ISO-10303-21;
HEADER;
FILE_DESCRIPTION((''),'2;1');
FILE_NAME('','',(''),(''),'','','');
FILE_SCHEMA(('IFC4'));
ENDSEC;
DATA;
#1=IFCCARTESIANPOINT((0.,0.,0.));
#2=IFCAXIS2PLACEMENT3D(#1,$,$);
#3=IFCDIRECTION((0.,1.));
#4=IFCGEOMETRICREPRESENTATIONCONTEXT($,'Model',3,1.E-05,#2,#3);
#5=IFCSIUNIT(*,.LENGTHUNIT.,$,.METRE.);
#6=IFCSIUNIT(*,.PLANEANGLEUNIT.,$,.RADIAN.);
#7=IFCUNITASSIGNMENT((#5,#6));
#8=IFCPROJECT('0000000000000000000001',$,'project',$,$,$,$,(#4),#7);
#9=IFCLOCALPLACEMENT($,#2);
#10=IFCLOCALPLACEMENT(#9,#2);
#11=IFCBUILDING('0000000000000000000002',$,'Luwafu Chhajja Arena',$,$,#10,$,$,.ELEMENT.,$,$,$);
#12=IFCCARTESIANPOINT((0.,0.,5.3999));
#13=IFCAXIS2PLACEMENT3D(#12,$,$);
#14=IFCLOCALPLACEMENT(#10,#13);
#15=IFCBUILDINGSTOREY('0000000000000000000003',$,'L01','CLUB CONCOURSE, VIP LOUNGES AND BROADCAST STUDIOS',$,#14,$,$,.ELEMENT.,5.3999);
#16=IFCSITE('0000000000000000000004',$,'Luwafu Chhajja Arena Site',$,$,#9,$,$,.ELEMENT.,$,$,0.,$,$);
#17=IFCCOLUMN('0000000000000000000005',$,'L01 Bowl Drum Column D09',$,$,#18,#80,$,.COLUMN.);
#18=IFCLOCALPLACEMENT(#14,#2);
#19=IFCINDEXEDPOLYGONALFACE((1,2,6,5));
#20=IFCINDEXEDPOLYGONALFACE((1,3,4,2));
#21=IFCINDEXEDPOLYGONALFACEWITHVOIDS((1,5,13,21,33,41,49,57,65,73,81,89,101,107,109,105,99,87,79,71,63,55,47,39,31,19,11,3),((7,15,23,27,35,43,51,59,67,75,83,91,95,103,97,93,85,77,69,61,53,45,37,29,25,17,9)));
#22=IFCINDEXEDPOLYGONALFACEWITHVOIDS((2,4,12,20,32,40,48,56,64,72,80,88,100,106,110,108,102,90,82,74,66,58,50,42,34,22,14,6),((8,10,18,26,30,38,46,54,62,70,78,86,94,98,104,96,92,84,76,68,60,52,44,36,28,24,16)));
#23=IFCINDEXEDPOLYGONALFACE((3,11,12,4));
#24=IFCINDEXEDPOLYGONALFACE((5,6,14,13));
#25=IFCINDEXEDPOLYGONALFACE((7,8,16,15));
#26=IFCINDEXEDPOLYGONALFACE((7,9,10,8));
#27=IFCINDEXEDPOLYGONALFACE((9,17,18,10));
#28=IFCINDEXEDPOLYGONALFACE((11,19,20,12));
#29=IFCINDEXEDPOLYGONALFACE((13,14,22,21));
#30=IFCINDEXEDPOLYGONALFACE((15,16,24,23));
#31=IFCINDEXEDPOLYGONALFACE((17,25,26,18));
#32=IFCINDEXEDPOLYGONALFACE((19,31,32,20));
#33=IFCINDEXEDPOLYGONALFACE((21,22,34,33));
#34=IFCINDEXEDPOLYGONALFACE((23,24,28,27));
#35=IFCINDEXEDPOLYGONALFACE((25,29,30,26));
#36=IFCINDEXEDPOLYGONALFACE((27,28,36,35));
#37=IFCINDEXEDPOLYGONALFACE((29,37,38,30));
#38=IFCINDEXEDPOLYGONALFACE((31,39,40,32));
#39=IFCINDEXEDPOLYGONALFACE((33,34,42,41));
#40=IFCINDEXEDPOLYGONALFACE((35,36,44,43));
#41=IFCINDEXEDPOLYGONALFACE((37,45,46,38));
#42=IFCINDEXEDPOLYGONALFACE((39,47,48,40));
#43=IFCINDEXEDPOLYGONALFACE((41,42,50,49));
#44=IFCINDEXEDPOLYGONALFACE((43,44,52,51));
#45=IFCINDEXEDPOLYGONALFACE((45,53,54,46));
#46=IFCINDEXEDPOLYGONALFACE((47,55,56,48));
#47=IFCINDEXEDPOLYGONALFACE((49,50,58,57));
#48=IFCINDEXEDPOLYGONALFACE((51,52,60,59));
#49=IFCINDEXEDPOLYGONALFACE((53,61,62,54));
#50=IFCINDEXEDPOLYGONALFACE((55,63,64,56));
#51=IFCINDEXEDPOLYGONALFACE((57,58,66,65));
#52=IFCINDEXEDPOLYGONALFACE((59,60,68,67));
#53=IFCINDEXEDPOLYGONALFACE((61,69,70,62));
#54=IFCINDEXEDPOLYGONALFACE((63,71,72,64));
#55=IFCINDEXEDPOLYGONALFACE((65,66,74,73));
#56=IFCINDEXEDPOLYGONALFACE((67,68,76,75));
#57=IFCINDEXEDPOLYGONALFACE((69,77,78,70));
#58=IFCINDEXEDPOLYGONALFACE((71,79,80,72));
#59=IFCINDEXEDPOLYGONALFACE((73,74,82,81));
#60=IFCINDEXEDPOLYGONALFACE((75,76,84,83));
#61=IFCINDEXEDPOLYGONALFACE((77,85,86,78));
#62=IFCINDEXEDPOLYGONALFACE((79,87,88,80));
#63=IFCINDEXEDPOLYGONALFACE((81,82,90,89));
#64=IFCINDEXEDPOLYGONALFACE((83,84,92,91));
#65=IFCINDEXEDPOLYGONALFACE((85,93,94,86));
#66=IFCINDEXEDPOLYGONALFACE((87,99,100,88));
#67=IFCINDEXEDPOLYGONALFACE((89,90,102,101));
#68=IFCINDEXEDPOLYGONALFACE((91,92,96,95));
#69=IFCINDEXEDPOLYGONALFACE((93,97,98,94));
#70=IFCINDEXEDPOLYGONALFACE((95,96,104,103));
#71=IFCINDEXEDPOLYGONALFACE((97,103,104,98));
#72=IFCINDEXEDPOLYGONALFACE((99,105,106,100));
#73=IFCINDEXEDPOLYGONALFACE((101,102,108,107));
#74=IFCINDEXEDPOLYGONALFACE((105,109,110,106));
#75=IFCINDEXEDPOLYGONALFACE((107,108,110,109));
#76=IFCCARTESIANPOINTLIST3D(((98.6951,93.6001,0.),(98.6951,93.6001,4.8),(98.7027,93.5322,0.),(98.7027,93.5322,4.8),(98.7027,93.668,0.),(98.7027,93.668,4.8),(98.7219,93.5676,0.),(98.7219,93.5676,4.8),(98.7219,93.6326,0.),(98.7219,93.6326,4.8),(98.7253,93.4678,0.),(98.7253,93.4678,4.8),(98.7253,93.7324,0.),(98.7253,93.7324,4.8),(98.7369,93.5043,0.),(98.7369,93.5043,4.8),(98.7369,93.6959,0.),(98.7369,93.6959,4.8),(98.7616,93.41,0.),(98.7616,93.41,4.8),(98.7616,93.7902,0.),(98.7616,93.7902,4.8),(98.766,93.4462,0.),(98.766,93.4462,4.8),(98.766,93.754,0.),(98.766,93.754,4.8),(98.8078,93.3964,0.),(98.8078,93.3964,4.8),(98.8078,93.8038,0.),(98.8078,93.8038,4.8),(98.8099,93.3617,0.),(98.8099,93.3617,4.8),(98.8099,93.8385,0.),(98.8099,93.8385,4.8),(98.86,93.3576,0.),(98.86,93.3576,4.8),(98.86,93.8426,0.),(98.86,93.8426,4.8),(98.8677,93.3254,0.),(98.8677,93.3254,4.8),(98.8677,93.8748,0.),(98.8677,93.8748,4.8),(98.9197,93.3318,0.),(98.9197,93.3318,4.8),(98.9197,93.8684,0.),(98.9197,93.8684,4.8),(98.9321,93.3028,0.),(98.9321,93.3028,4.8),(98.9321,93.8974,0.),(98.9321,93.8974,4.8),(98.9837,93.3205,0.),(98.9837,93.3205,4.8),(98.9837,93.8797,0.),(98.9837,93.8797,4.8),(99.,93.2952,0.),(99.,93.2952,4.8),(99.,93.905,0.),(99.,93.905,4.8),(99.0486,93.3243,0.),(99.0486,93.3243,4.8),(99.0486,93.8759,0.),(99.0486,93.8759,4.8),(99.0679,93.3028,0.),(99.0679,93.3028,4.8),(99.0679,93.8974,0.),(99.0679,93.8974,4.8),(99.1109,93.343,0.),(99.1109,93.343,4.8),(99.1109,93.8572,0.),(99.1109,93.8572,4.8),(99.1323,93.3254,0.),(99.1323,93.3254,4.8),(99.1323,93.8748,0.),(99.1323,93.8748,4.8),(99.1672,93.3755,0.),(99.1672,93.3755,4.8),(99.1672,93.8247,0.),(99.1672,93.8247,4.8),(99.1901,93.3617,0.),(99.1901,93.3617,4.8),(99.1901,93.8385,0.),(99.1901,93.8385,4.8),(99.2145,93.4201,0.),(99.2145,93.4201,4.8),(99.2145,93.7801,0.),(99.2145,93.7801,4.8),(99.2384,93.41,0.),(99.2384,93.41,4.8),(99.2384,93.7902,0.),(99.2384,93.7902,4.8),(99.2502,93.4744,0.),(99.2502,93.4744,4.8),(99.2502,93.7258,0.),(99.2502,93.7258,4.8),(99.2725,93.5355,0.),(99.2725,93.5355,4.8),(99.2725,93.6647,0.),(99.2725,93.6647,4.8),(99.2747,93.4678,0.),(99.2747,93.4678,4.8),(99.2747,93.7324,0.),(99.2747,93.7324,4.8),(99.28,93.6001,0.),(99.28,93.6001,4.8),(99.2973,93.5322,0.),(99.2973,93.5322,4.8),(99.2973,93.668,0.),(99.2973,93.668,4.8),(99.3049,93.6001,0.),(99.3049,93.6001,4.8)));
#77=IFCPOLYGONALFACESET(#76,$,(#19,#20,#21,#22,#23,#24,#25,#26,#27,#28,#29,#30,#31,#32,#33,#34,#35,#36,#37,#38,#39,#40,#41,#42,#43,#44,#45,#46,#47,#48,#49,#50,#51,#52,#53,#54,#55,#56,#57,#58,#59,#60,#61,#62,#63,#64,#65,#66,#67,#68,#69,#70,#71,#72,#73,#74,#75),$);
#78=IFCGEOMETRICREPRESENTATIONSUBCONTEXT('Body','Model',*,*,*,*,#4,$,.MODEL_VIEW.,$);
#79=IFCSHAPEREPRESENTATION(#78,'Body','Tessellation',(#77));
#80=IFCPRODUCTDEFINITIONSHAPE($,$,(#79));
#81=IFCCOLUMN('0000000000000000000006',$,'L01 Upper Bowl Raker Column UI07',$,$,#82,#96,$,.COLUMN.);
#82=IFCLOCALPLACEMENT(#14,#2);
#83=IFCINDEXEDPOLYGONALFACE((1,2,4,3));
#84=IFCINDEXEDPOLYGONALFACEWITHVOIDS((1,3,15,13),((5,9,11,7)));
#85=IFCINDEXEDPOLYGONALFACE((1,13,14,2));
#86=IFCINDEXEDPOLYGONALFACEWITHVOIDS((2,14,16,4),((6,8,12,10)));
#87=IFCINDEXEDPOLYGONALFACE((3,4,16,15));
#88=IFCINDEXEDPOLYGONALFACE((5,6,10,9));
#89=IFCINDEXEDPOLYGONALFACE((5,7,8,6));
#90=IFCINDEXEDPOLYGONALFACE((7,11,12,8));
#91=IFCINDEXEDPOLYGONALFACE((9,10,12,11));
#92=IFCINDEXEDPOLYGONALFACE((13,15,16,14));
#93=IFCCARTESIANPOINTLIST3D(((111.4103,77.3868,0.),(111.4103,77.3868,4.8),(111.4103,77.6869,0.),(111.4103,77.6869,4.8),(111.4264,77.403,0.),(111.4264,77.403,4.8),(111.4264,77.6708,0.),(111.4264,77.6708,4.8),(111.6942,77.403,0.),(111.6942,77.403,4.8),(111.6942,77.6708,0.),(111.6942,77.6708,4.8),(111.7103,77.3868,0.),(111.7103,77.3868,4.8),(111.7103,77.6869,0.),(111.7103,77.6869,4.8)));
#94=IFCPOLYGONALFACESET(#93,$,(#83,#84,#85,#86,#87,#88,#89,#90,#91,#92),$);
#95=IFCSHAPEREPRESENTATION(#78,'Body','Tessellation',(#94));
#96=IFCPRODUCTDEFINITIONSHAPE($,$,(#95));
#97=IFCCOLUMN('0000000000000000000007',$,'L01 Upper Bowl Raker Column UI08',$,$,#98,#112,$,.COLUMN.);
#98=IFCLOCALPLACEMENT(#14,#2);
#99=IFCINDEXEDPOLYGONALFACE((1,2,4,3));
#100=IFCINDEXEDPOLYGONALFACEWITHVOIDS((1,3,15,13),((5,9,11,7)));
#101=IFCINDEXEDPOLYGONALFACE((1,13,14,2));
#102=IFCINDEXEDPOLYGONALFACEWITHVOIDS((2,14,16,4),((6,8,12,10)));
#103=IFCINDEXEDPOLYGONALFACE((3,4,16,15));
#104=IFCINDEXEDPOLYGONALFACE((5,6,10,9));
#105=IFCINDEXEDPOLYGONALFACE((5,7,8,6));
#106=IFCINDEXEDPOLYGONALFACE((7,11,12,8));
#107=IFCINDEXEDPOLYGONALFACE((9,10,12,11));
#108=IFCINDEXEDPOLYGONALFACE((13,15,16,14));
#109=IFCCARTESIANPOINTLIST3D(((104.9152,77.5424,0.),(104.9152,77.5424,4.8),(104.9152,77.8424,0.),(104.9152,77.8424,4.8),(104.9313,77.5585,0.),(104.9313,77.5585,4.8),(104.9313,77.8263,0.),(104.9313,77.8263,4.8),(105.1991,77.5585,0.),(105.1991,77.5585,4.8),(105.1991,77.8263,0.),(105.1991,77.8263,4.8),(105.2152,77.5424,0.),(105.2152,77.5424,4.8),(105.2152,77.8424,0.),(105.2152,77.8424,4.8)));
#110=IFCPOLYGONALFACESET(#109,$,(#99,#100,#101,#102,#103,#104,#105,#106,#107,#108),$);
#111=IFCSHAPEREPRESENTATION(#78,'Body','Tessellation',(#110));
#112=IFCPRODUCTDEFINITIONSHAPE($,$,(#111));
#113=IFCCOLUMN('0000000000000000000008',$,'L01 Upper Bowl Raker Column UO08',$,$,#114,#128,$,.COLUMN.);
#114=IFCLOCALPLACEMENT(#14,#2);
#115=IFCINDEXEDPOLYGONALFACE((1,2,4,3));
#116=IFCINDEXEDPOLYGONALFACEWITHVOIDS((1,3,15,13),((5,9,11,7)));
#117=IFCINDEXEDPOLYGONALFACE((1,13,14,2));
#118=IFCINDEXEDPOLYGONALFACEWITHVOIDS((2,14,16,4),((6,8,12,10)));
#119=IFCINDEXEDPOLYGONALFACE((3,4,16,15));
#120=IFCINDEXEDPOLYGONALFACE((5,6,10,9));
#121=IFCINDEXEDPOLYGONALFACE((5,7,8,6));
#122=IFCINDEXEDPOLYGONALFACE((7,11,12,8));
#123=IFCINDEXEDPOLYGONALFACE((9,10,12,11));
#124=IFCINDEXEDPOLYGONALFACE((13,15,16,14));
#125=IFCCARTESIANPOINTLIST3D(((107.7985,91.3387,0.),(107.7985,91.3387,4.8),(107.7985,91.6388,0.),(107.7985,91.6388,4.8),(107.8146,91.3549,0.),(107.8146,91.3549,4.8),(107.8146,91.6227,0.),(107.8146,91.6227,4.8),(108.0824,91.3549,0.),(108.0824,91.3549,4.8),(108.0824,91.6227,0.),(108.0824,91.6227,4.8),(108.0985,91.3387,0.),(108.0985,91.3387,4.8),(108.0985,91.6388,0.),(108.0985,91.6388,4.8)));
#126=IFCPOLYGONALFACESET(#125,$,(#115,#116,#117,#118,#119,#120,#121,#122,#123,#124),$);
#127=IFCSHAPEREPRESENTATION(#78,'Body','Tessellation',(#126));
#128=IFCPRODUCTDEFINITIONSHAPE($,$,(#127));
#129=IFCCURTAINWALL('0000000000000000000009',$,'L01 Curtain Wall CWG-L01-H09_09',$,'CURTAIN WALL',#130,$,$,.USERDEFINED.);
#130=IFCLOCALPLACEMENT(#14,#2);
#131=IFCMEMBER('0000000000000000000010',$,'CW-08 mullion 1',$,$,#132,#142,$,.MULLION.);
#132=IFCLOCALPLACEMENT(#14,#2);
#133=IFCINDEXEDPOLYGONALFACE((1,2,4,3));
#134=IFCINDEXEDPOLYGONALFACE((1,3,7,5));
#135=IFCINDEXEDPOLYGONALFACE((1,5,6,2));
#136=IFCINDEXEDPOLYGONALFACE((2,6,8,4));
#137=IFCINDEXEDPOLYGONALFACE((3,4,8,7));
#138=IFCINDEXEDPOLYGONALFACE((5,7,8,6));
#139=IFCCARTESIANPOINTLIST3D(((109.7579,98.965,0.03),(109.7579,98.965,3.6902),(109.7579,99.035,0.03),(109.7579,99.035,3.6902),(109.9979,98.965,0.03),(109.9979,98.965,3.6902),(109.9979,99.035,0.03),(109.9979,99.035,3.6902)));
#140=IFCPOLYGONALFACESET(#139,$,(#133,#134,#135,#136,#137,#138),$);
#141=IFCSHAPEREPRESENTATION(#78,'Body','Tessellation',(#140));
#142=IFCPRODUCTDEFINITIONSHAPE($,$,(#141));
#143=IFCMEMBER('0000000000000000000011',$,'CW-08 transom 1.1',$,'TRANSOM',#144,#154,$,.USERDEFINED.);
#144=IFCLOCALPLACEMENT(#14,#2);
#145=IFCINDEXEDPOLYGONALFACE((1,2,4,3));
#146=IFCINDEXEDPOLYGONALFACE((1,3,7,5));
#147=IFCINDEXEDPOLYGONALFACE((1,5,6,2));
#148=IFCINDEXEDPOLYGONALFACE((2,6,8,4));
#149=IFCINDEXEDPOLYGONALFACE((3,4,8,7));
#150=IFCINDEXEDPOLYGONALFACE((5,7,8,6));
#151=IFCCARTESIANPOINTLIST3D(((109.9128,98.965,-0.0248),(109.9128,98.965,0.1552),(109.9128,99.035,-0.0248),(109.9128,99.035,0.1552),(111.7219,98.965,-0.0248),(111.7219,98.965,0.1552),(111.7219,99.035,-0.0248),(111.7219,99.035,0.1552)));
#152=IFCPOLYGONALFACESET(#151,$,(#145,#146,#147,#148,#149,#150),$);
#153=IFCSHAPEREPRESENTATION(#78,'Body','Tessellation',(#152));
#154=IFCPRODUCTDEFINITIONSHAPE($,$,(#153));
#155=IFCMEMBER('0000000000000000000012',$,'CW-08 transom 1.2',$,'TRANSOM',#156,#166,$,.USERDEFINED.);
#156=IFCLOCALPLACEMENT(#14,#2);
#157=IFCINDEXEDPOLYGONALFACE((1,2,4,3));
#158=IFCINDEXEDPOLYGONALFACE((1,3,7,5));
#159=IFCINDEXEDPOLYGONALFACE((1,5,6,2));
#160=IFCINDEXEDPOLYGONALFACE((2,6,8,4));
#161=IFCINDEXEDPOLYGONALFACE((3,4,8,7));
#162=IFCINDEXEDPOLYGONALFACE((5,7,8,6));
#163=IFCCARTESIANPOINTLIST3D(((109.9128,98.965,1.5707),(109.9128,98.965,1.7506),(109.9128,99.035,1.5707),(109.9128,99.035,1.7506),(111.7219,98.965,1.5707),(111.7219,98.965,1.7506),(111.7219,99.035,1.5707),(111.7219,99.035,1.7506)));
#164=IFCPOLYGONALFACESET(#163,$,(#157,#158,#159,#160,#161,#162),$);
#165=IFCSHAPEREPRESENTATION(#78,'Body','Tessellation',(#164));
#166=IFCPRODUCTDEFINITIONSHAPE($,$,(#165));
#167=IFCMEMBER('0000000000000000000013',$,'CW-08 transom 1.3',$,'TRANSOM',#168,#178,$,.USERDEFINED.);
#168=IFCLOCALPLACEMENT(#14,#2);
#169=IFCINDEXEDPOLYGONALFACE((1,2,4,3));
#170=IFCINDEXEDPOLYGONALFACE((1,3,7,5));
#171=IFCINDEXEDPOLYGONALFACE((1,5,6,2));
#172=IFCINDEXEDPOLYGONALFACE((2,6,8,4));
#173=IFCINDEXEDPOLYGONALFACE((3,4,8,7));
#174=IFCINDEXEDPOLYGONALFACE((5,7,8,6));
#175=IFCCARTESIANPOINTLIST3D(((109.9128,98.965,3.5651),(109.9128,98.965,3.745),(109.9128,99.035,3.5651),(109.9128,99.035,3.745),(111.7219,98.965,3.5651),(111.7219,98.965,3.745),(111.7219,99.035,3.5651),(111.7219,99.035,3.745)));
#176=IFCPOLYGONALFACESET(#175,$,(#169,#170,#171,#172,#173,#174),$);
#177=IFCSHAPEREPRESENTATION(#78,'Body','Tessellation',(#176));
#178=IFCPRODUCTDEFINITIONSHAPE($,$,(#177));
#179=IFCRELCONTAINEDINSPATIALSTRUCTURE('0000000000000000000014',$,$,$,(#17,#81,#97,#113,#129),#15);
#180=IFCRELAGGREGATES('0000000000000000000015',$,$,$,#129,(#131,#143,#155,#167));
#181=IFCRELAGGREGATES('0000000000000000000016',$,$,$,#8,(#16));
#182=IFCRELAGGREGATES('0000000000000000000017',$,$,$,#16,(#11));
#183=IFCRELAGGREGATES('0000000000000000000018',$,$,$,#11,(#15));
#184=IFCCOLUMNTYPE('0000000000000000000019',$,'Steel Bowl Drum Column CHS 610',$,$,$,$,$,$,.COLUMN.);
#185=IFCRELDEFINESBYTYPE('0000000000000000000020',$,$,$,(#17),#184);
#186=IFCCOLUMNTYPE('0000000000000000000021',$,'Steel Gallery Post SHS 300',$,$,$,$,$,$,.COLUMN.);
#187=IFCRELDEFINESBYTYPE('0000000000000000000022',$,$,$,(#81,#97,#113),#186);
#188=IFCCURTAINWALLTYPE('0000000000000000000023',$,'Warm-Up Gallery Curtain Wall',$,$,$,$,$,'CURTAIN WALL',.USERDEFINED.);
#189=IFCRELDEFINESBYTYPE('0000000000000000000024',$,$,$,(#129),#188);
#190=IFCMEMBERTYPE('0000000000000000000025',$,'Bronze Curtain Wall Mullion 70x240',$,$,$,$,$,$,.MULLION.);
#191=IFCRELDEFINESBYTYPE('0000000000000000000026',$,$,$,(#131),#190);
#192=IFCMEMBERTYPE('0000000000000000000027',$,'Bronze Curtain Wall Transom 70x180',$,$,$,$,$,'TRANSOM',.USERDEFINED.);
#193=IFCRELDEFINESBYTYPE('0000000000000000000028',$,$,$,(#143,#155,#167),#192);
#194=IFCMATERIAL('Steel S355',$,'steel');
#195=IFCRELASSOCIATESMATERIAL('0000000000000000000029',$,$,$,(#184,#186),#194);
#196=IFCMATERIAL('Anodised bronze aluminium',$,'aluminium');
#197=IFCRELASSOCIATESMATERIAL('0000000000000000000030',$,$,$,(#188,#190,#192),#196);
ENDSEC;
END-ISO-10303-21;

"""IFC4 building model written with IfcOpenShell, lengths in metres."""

from ifc_helpers import new_model, si_unit, direction, frame, origin, origin_2d, place, context, subcontext, project, spatial, rectangle, hollow_rectangle, hollow_circle, extrude, material, material_profile, profile_set, type_object, element, aggregate, save


model = new_model("IFC4")

# Units and contexts
model_context = context("Model", 3, precision=1e-05, world=origin(), true_north=direction((0.0, 1.0)))
body_context = subcontext(model_context, "Body", "Model", "MODEL_VIEW")
ifc_project = project(units=[si_unit("LENGTHUNIT", "METRE"), si_unit("PLANEANGLEUNIT", "RADIAN")], contexts=[model_context])

# Site, building, storey
site_placement = place(None, origin())
site = spatial("IfcSite", under=ifc_project, at=site_placement, Name="Luwafu Chhajja Arena Site", CompositionType="ELEMENT", RefElevation=0.0)
building_placement = place(site_placement, origin())
building = spatial("IfcBuilding", under=site, at=building_placement, Name="Luwafu Chhajja Arena", CompositionType="ELEMENT")
storey_placement = place(building_placement, frame((0.0, 0.0, 5.3999)))
storey = spatial("IfcBuildingStorey", under=building, at=storey_placement, Name="L01", Description="CLUB CONCOURSE, VIP LOUNGES AND BROADCAST STUDIOS", CompositionType="ELEMENT", Elevation=5.3999)

# Columns
ifc_material_1 = material(Name="Steel S355", Category="steel")
ifc_material_profile_1 = material_profile(ifc_material_1, hollow_circle(Radius=0.3049, WallThickness=0.0249, at=origin_2d()), Name="CHS 610x25")
ifc_profile_set_1 = profile_set([ifc_material_profile_1], Name="Steel S355")
column_type_1 = type_object("IfcColumnType", Name="Steel Bowl Drum Column CHS 610", PredefinedType="COLUMN", material=ifc_profile_set_1)
for number, where, z_axis, x_axis, name in (
    (1, (99.0, 93.6001, 0.0), (0.0, 0.0, 1.0), (1.0, 0.0, 0.0), "L01 Bowl Drum Column D09"),
):
    element("IfcColumn", number, at=place(storey_placement, frame(where, z_axis=z_axis, x_axis=x_axis)), inside=storey, type_object=column_type_1, Name=name, PredefinedType="COLUMN", context=body_context, shape_type="SweptSolid", body=[
        extrude(hollow_circle(Radius=0.3049, WallThickness=0.0249, at=origin_2d()), origin(), (0.0, 0.0, 1.0), 4.8),
    ])
ifc_material_profile_2 = material_profile(ifc_material_1, hollow_rectangle(XDim=0.3, YDim=0.3, WallThickness=0.0161, at=origin_2d()), Name="SHS 300x300x16")
ifc_profile_set_2 = profile_set([ifc_material_profile_2], Name="Steel S355")
column_type_2 = type_object("IfcColumnType", Name="Steel Gallery Post SHS 300", PredefinedType="COLUMN", material=ifc_profile_set_2)
for number, where, z_axis, x_axis, name in (
    (2, (111.5603, 77.5369, 0.0), (0.0, 0.0, 1.0), (1.0, 0.0, 0.0), "L01 Upper Bowl Raker Column UI07"),
    (3, (105.0652, 77.6924, 0.0), (0.0, 0.0, 1.0), (1.0, 0.0, 0.0), "L01 Upper Bowl Raker Column UI08"),
    (4, (107.9485, 91.4888, 0.0), (0.0, 0.0, 1.0), (1.0, 0.0, 0.0), "L01 Upper Bowl Raker Column UO08"),
):
    element("IfcColumn", number, at=place(storey_placement, frame(where, z_axis=z_axis, x_axis=x_axis)), inside=storey, type_object=column_type_2, Name=name, PredefinedType="COLUMN", context=body_context, shape_type="SweptSolid", body=[
        extrude(hollow_rectangle(XDim=0.3, YDim=0.3, WallThickness=0.0161, at=origin_2d()), origin(), (0.0, 0.0, 1.0), 4.8),
    ])

# Curtain wall, members
ifc_material_2 = material(Name="Anodised bronze aluminium", Category="aluminium")
curtain_wall_type = type_object("IfcCurtainWallType", Name="Warm-Up Gallery Curtain Wall", ElementType="CURTAIN WALL", PredefinedType="USERDEFINED", material=ifc_material_2)
curtain_wall_placement = place(storey_placement, origin())
curtain_wall = element("IfcCurtainWall", 5, at=curtain_wall_placement, inside=storey, type_object=curtain_wall_type, Name="L01 Curtain Wall CWG-L01-H09_09", ObjectType="CURTAIN WALL", PredefinedType="USERDEFINED")
ifc_material_profile_3 = material_profile(ifc_material_2, rectangle(XDim=0.0701, YDim=0.24, at=origin_2d()), Name="CWM 70x240")
ifc_profile_set_3 = profile_set([ifc_material_profile_3], Name="Anodised bronze aluminium")
member_type_1 = type_object("IfcMemberType", Name="Bronze Curtain Wall Mullion 70x240", PredefinedType="MULLION", material=ifc_profile_set_3)
member_1_placement = place(storey_placement, frame((109.8779, 99.0, 0.03), z_axis=(0.0, 0.0, 1.0), x_axis=(0.0, 1.0, 0.0)))
member_1 = element("IfcMember", 6, at=member_1_placement, type_object=member_type_1, Name="CW-08 mullion 1", PredefinedType="MULLION", context=body_context, shape_type="SweptSolid", body=[
    extrude(rectangle(XDim=0.0701, YDim=0.24, at=origin_2d()), origin(), (0.0, 0.0, 1.0), 3.6602),
])
ifc_material_profile_4 = material_profile(ifc_material_2, rectangle(XDim=0.0701, YDim=0.1799, at=origin_2d()), Name="CWT 70x180")
ifc_profile_set_4 = profile_set([ifc_material_profile_4], Name="Anodised bronze aluminium")
member_type_2 = type_object("IfcMemberType", Name="Bronze Curtain Wall Transom 70x180", ElementType="TRANSOM", PredefinedType="USERDEFINED", material=ifc_profile_set_4)
member_2_placement = place(storey_placement, frame((109.9128, 99.0, 0.0652), z_axis=(1.0, 0.0, 0.0), x_axis=(0.0, 1.0, 0.0)))
member_2 = element("IfcMember", 7, at=member_2_placement, type_object=member_type_2, Name="CW-08 transom 1.1", ObjectType="TRANSOM", PredefinedType="USERDEFINED", context=body_context, shape_type="SweptSolid", body=[
    extrude(rectangle(XDim=0.0701, YDim=0.1799, at=origin_2d()), origin(), (0.0, 0.0, 1.0), 1.8091),
])
member_3_placement = place(storey_placement, frame((109.9128, 99.0, 1.6606), z_axis=(1.0, 0.0, 0.0), x_axis=(0.0, 1.0, 0.0)))
member_3 = element("IfcMember", 8, at=member_3_placement, type_object=member_type_2, Name="CW-08 transom 1.2", ObjectType="TRANSOM", PredefinedType="USERDEFINED", context=body_context, shape_type="SweptSolid", body=[
    extrude(rectangle(XDim=0.0701, YDim=0.1799, at=origin_2d()), origin(), (0.0, 0.0, 1.0), 1.8091),
])
member_4_placement = place(storey_placement, frame((109.9128, 99.0, 3.655), z_axis=(1.0, 0.0, 0.0), x_axis=(0.0, 1.0, 0.0)))
member_4 = element("IfcMember", 9, at=member_4_placement, type_object=member_type_2, Name="CW-08 transom 1.3", ObjectType="TRANSOM", PredefinedType="USERDEFINED", context=body_context, shape_type="SweptSolid", body=[
    extrude(rectangle(XDim=0.0701, YDim=0.1799, at=origin_2d()), origin(), (0.0, 0.0, 1.0), 1.8091),
])

aggregate(curtain_wall, [member_1, member_2, member_3, member_4])

save(model, "model.ifc")
